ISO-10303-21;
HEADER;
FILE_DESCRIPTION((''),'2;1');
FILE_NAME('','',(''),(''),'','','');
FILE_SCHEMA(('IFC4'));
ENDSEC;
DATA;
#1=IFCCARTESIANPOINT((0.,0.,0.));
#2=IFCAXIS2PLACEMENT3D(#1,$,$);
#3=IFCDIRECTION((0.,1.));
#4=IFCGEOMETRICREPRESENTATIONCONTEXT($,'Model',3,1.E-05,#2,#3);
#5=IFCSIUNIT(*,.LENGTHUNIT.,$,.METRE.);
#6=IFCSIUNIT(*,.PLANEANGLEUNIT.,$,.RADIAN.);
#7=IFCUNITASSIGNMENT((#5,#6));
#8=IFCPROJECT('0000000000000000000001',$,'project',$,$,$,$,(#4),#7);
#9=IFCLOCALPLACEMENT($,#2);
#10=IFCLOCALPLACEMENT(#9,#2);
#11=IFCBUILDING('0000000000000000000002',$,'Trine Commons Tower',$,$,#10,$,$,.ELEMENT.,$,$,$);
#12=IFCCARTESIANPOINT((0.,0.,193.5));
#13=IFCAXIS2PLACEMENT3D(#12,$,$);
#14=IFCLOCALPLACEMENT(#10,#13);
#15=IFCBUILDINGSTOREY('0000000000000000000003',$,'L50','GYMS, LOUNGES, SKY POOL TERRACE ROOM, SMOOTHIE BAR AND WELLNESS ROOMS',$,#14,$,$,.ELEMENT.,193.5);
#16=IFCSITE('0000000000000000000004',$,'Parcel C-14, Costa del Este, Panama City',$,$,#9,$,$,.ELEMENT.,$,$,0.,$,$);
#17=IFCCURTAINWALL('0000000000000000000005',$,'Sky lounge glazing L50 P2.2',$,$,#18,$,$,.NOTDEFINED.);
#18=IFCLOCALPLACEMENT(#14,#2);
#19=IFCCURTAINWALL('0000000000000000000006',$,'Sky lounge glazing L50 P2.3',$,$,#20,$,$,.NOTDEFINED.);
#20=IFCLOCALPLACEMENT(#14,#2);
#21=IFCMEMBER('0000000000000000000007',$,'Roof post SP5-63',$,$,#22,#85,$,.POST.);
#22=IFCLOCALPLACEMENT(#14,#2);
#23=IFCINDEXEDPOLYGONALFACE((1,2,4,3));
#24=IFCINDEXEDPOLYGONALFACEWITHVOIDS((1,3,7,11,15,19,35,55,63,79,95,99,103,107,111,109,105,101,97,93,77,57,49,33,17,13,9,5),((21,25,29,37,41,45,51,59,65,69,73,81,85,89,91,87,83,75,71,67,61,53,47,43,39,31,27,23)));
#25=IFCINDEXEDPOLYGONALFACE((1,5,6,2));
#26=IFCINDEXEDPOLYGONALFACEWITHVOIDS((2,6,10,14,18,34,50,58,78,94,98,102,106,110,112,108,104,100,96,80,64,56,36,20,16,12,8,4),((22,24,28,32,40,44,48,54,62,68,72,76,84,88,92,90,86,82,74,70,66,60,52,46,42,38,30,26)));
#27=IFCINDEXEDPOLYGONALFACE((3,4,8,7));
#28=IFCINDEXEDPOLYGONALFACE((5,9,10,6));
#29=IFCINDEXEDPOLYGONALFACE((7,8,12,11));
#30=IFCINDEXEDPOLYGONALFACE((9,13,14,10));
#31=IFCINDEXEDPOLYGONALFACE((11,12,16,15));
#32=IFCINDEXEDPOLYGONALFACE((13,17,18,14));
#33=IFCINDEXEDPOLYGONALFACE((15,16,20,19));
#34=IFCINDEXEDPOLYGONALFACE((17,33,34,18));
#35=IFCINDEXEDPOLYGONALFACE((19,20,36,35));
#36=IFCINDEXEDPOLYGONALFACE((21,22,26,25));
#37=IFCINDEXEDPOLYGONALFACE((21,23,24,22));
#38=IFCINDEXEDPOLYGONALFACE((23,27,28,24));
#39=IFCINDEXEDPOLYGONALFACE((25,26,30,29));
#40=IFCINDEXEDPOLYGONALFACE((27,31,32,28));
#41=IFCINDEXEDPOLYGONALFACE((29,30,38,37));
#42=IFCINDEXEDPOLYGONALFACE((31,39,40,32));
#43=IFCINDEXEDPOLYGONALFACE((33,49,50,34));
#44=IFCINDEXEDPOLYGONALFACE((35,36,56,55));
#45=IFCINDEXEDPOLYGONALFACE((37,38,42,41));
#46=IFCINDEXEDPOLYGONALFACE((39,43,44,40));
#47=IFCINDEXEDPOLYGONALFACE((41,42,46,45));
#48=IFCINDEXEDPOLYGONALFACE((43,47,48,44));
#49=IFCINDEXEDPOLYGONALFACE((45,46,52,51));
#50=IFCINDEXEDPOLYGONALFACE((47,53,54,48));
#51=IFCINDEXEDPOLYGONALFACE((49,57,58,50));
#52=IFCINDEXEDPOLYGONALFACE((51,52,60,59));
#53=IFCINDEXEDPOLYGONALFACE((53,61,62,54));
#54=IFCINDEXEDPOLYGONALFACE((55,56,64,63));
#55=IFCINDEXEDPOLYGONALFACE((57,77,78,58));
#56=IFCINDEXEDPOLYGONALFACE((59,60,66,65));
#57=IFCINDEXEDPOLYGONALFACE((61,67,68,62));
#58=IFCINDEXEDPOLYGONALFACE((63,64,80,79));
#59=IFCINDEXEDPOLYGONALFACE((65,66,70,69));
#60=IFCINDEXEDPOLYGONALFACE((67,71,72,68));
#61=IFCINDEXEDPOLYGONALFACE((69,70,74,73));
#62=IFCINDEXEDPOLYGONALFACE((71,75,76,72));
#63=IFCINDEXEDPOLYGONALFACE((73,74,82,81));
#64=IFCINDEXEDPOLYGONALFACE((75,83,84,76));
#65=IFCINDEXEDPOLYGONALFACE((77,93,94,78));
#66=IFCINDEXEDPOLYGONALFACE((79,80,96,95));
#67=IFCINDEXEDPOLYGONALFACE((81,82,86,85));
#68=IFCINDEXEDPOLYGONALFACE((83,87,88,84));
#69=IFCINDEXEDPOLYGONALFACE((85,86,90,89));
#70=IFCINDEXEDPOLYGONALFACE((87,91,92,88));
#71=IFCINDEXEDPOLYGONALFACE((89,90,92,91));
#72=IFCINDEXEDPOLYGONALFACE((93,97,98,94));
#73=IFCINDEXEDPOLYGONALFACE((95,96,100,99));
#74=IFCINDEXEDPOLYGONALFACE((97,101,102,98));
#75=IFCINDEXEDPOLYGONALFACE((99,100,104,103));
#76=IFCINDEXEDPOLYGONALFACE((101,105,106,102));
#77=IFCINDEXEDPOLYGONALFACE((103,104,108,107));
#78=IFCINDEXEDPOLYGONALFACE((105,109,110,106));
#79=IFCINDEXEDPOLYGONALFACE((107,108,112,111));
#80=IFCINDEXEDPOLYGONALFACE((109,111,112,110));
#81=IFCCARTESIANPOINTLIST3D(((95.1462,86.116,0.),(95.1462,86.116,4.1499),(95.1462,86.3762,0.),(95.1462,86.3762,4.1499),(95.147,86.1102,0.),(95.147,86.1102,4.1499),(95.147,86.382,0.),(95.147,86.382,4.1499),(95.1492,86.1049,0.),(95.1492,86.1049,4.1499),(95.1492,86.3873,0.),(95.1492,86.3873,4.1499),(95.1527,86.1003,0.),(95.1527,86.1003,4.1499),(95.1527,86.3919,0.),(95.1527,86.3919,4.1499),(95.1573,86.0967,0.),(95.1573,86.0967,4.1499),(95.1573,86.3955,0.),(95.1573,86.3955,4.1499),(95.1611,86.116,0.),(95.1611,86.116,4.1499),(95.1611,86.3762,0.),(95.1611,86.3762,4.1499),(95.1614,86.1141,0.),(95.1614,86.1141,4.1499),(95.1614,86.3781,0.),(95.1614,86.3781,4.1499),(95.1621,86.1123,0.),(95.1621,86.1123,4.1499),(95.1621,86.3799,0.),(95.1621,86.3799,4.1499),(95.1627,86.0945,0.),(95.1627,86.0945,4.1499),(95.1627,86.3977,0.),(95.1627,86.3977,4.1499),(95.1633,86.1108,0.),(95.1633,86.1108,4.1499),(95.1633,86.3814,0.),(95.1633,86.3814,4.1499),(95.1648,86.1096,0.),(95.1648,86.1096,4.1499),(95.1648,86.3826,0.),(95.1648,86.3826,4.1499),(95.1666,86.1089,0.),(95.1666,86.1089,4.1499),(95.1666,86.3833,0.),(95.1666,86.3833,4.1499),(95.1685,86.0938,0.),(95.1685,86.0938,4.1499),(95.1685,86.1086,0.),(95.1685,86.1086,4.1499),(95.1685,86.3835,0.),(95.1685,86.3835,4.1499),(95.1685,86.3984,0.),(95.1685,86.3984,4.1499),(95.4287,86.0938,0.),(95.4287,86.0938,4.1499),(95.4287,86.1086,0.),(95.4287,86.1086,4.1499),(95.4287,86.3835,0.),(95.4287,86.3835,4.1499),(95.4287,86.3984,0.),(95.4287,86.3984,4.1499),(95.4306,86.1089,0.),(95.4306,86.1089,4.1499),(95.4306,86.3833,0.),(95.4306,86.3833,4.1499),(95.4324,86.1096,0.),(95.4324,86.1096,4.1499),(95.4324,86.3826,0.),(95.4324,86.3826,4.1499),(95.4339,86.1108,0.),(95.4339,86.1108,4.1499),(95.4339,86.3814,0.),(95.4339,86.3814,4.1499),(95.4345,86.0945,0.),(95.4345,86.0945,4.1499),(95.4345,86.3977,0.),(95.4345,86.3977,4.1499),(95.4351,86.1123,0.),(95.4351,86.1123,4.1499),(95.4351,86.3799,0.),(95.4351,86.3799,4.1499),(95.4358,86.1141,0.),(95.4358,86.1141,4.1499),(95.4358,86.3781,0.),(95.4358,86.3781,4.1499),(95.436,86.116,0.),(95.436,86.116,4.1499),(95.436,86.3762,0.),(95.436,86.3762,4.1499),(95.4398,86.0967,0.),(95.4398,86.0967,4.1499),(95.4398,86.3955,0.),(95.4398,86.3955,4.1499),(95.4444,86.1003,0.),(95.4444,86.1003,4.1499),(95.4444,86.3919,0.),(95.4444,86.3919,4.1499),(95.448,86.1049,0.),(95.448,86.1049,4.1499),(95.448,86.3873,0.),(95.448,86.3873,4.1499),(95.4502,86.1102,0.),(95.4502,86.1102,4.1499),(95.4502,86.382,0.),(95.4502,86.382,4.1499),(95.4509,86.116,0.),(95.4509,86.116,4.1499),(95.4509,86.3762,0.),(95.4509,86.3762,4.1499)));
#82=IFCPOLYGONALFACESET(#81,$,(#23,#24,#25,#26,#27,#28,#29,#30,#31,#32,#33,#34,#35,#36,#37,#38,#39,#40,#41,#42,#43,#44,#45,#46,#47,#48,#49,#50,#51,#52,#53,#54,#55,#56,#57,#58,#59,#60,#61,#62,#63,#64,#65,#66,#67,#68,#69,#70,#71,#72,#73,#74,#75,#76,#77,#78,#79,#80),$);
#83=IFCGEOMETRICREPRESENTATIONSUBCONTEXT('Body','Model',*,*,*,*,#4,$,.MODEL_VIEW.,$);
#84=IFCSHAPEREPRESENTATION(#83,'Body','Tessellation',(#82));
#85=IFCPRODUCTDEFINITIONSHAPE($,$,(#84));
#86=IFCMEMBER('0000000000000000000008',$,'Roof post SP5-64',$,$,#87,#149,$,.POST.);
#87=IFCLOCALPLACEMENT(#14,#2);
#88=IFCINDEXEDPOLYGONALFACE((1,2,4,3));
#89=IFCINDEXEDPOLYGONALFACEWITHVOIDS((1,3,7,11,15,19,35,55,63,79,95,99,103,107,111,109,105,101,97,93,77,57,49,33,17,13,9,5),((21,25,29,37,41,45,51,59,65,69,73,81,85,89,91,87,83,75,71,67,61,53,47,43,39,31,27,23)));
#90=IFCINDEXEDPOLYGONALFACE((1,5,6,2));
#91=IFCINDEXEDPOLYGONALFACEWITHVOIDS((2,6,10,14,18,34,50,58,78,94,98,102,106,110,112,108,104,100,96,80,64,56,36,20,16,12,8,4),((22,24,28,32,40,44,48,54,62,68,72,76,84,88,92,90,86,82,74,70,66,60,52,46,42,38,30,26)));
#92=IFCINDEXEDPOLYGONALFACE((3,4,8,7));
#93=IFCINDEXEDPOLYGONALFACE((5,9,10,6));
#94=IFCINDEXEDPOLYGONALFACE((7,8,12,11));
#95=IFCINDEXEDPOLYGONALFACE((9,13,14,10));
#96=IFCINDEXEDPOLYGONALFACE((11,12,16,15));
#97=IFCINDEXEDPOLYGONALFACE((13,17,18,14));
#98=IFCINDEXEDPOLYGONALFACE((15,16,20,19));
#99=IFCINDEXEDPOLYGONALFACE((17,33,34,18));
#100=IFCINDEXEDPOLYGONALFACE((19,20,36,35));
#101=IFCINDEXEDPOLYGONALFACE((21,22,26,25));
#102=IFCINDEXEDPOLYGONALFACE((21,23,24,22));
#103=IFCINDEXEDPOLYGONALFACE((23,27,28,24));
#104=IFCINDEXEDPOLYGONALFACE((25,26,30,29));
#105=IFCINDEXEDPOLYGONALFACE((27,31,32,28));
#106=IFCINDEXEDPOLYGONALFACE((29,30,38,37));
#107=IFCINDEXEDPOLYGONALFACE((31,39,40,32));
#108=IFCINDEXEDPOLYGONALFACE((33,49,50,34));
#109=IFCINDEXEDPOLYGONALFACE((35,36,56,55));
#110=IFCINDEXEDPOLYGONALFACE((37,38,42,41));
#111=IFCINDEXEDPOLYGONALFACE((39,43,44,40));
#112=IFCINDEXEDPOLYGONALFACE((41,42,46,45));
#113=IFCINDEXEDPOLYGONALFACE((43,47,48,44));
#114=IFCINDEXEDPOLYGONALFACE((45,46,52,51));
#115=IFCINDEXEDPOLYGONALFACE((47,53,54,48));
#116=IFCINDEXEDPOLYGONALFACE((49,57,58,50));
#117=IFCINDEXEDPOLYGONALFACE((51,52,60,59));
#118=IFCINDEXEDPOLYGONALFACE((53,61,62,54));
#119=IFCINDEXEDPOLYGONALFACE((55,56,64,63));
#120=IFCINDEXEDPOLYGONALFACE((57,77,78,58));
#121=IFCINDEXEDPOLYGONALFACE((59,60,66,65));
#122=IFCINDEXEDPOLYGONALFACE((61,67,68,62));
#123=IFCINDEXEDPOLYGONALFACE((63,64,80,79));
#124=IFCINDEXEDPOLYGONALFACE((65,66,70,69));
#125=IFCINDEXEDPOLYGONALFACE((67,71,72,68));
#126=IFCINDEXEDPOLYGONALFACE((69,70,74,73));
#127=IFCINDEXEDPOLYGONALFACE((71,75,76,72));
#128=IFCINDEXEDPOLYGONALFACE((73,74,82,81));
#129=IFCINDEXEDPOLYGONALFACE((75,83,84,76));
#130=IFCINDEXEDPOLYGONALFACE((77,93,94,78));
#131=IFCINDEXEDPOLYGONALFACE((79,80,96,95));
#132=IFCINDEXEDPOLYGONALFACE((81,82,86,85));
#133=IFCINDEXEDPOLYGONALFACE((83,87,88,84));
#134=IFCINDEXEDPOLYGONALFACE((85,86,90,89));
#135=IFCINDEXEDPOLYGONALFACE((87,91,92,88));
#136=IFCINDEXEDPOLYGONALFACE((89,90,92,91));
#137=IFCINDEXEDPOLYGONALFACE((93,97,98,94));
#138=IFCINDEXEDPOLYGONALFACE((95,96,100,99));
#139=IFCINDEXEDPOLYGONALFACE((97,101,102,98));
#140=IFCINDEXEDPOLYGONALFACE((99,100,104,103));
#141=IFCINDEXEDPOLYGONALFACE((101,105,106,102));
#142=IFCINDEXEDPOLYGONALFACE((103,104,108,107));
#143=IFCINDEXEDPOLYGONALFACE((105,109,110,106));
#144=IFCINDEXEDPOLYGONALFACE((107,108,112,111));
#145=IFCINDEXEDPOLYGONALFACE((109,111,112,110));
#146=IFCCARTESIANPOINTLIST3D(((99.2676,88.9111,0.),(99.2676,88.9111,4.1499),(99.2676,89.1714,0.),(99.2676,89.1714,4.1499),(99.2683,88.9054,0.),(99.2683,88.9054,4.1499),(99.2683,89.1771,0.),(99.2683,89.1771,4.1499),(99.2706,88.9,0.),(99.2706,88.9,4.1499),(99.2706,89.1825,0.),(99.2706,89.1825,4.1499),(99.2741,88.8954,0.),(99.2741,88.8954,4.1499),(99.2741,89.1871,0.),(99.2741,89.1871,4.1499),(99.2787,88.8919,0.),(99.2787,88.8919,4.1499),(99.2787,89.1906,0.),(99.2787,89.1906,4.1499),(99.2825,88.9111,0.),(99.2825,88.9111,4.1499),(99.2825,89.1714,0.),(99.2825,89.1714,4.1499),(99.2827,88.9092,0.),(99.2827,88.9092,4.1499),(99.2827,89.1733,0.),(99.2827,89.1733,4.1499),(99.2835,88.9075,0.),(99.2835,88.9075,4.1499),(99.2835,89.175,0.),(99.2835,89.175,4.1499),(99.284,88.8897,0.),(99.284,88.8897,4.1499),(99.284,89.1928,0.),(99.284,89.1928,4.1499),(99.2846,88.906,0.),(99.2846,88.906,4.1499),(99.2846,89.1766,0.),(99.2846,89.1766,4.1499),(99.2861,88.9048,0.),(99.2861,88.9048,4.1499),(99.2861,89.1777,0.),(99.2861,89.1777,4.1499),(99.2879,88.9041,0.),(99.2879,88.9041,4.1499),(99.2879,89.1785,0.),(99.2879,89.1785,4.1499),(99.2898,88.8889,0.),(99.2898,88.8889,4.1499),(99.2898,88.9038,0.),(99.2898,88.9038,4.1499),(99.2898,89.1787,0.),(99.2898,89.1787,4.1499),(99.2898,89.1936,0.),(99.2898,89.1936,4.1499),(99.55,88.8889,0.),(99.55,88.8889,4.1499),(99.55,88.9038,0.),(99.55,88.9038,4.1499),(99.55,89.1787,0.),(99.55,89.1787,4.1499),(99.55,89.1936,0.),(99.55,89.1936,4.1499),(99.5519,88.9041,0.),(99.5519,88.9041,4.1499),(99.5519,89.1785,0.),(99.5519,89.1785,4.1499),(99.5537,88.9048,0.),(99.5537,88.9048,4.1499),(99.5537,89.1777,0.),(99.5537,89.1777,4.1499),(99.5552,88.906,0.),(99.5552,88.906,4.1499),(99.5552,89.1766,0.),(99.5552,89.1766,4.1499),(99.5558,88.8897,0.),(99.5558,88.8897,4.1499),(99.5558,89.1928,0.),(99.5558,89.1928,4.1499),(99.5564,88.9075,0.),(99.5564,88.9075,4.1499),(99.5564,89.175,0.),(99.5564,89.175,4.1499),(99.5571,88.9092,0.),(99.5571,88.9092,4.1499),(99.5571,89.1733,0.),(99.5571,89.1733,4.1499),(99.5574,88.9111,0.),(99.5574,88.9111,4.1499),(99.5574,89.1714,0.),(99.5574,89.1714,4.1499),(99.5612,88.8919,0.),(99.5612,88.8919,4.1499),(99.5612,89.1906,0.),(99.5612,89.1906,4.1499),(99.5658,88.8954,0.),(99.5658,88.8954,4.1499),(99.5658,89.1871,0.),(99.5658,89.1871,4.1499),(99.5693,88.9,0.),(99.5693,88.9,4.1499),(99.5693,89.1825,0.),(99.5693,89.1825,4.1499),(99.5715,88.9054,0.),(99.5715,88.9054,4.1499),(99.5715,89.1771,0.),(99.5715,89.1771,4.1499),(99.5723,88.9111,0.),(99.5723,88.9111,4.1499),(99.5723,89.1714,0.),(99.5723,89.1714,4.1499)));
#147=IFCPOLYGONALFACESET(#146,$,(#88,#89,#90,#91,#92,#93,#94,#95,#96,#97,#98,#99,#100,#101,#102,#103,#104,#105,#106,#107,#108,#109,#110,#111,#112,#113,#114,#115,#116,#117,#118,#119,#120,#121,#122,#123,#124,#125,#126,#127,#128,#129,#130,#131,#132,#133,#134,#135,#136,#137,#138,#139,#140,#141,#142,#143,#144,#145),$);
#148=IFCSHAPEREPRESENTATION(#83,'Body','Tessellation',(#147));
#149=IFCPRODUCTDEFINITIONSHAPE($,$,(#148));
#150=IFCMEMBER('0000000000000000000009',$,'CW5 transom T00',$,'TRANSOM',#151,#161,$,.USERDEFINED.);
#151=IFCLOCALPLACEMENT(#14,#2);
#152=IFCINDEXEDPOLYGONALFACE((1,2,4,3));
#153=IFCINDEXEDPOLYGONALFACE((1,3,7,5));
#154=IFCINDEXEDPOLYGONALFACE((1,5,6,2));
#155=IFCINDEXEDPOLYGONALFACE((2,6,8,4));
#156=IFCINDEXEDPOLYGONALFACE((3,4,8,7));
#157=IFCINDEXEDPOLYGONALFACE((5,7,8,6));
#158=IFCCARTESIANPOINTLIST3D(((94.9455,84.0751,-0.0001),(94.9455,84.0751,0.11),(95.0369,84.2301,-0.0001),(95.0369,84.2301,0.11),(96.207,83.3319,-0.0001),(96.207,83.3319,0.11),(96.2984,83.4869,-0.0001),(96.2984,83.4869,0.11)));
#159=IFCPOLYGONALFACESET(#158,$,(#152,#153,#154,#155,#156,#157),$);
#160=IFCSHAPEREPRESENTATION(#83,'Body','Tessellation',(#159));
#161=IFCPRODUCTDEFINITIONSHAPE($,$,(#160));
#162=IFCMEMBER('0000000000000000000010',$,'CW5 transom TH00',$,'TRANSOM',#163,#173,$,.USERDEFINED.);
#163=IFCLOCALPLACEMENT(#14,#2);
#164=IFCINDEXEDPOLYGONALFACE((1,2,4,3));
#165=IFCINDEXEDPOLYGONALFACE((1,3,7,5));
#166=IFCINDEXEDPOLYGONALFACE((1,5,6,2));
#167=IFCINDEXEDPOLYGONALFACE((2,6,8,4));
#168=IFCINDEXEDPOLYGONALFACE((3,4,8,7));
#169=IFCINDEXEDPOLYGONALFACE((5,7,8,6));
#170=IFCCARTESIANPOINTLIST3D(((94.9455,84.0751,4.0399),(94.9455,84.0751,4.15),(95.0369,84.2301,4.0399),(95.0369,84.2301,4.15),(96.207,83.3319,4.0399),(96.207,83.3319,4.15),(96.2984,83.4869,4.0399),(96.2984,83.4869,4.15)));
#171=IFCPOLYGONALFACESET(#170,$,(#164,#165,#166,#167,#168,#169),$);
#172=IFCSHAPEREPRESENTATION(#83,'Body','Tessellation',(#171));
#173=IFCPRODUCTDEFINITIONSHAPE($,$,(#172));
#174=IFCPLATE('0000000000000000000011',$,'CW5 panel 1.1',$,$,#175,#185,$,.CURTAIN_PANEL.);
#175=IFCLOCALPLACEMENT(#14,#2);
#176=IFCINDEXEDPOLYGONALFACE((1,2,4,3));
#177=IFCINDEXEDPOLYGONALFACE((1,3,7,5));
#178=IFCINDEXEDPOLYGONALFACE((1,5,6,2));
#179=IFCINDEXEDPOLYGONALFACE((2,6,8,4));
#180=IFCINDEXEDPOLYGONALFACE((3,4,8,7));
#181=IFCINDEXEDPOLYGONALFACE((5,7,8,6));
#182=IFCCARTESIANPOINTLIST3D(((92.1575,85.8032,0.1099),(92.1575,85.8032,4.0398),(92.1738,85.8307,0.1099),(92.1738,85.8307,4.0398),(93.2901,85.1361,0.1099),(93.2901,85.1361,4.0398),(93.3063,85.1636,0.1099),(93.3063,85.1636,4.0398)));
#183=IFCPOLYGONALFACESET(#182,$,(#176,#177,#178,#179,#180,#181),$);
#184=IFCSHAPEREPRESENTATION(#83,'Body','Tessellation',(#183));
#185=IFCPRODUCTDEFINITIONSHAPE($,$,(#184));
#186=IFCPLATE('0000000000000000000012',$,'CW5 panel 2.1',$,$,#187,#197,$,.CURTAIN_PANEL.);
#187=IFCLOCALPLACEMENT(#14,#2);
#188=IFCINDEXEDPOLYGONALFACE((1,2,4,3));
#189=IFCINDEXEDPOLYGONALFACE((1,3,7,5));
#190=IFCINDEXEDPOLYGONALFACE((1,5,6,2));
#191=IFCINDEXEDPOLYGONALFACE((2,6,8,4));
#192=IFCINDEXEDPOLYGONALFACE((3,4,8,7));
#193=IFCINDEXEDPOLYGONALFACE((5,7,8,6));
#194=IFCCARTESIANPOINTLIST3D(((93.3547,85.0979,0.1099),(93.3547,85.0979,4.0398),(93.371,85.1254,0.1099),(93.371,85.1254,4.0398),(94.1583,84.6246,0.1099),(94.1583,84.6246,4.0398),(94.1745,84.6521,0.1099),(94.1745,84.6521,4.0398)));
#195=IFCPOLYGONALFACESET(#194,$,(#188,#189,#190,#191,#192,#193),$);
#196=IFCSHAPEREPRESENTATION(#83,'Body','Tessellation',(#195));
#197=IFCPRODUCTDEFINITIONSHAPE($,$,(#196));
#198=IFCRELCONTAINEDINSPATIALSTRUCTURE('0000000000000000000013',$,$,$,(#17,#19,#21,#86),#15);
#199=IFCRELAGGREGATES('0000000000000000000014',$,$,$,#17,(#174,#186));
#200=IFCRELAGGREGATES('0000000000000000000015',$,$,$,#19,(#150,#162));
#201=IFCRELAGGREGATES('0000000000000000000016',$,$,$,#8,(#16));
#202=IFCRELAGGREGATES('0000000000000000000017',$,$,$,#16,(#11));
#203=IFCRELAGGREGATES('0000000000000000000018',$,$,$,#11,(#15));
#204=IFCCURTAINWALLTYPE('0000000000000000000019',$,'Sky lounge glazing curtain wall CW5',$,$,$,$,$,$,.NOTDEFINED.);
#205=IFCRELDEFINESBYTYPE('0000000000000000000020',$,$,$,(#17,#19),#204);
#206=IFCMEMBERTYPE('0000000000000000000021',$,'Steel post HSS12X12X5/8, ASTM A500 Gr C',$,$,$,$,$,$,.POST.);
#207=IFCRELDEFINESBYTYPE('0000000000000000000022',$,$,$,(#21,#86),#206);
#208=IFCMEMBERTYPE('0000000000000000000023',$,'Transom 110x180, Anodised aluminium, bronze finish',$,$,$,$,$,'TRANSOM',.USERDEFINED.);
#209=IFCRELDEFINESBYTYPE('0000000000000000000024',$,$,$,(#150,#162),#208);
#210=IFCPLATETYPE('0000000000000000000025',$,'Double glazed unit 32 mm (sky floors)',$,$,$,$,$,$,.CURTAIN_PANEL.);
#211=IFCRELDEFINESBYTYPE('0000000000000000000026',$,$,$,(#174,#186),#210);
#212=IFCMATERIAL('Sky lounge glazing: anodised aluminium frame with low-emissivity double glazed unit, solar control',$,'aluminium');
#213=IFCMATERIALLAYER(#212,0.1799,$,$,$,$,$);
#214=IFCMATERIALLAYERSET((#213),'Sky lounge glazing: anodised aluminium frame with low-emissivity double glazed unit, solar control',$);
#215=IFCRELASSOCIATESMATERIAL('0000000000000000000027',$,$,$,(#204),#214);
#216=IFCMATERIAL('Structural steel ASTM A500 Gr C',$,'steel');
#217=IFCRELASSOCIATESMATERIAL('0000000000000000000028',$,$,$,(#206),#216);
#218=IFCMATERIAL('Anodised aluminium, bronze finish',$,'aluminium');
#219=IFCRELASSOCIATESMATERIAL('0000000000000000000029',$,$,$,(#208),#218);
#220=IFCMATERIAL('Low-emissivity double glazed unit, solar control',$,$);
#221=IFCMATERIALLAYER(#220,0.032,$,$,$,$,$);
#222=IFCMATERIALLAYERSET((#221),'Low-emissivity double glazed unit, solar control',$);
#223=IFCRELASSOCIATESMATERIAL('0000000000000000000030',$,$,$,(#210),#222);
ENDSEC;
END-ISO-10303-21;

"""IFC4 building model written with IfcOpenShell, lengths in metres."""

from ifc_helpers import new_model, si_unit, direction, frame, origin, origin_2d, place, context, subcontext, project, spatial, rectangle, hollow_rectangle, extrude, material, layer, layer_set, material_profile, profile_set, type_object, element, aggregate, save


model = new_model("IFC4")

# Units and contexts
model_context = context("Model", 3, precision=1e-05, world=origin(), true_north=direction((0.0, 1.0)))
body_context = subcontext(model_context, "Body", "Model", "MODEL_VIEW")
ifc_project = project(units=[si_unit("LENGTHUNIT", "METRE"), si_unit("PLANEANGLEUNIT", "RADIAN")], contexts=[model_context])

# Site, building, storey
site_placement = place(None, origin())
site = spatial("IfcSite", under=ifc_project, at=site_placement, Name="Parcel C-14, Costa del Este, Panama City", CompositionType="ELEMENT", RefElevation=0.0)
building_placement = place(site_placement, origin())
building = spatial("IfcBuilding", under=site, at=building_placement, Name="Trine Commons Tower", CompositionType="ELEMENT")
storey_placement = place(building_placement, frame((0.0, 0.0, 193.5)))
storey = spatial("IfcBuildingStorey", under=building, at=storey_placement, Name="L50", Description="GYMS, LOUNGES, SKY POOL TERRACE ROOM, SMOOTHIE BAR AND WELLNESS ROOMS", CompositionType="ELEMENT", Elevation=193.5)

# Curtain walls
ifc_material_1 = material(Name="Sky lounge glazing: anodised aluminium frame with low-emissivity double glazed unit, solar control", Category="aluminium")
ifc_layer_1 = layer(ifc_material_1, 0.1799)
ifc_layer_set_1 = layer_set([ifc_layer_1], Name="Sky lounge glazing: anodised aluminium frame with low-emissivity double glazed unit, solar control")
curtain_wall_type = type_object("IfcCurtainWallType", Name="Sky lounge glazing curtain wall CW5", PredefinedType="NOTDEFINED", material=ifc_layer_set_1)
curtain_wall_1_placement = place(storey_placement, origin())
curtain_wall_1 = element("IfcCurtainWall", 1, at=curtain_wall_1_placement, inside=storey, type_object=curtain_wall_type, Name="Sky lounge glazing L50 P2.2", PredefinedType="NOTDEFINED")
ifc_material_2 = material(Name="Anodised aluminium, bronze finish", Category="aluminium")
curtain_wall_2_placement = place(storey_placement, origin())
curtain_wall_2 = element("IfcCurtainWall", 2, at=curtain_wall_2_placement, inside=storey, type_object=curtain_wall_type, Name="Sky lounge glazing L50 P2.3", PredefinedType="NOTDEFINED")

# Members
ifc_material_3 = material(Name="Structural steel ASTM A500 Gr C", Category="steel")
ifc_material_profile_1 = material_profile(ifc_material_3, hollow_rectangle(XDim=0.3047, YDim=0.3047, WallThickness=0.0149, InnerFilletRadius=0.0073, OuterFilletRadius=0.0222, at=origin_2d()), Name="HSS12X12X5/8")
ifc_profile_set_1 = profile_set([ifc_material_profile_1], Name="Structural steel ASTM A500 Gr C")
member_type_1 = type_object("IfcMemberType", Name="Steel post HSS12X12X5/8, ASTM A500 Gr C", PredefinedType="POST", material=ifc_profile_set_1)
for number, where, z_axis, x_axis, name in (
    (3, (95.2986, 86.2461, 0.0), (0.0, 0.0, 1.0), (1.0, 0.0, 0.0), "Roof post SP5-63"),
    (4, (99.4199, 89.0413, 0.0), (0.0, 0.0, 1.0), (1.0, 0.0, 0.0), "Roof post SP5-64"),
):
    element("IfcMember", number, at=place(storey_placement, frame(where, z_axis=z_axis, x_axis=x_axis)), inside=storey, type_object=member_type_1, Name=name, PredefinedType="POST", context=body_context, shape_type="SweptSolid", body=[
        extrude(hollow_rectangle(XDim=0.3047, YDim=0.3047, WallThickness=0.0149, InnerFilletRadius=0.0073, OuterFilletRadius=0.0222, at=origin_2d()), origin(), (0.0, 0.0, 1.0), 4.1499),
    ])

# Members
ifc_material_profile_2 = material_profile(ifc_material_2, rectangle(XDim=0.1799, YDim=0.1101, at=origin_2d()), Name="Transom 110x180")
ifc_profile_set_2 = profile_set([ifc_material_profile_2], Name="Anodised aluminium, bronze finish")
member_type_2 = type_object("IfcMemberType", Name="Transom 110x180, Anodised aluminium, bronze finish", ElementType="TRANSOM", PredefinedType="USERDEFINED", material=ifc_profile_set_2)
member_1_placement = place(storey_placement, frame((94.9912, 84.1526, 0.0549), z_axis=(0.8616, -0.507588, 0.0), x_axis=(0.507588, 0.8616, 0.0)))
member_1 = element("IfcMember", 5, at=member_1_placement, type_object=member_type_2, Name="CW5 transom T00", ObjectType="TRANSOM", PredefinedType="USERDEFINED", context=body_context, shape_type="SweptSolid", body=[
    extrude(rectangle(XDim=0.1799, YDim=0.1101, at=origin_2d()), origin(), (0.0, 0.0, 1.0), 1.4641),
])
member_2_placement = place(storey_placement, frame((94.9912, 84.1526, 4.095), z_axis=(0.8616, -0.507588, 0.0), x_axis=(0.507588, 0.8616, 0.0)))
member_2 = element("IfcMember", 6, at=member_2_placement, type_object=member_type_2, Name="CW5 transom TH00", ObjectType="TRANSOM", PredefinedType="USERDEFINED", context=body_context, shape_type="SweptSolid", body=[
    extrude(rectangle(XDim=0.1799, YDim=0.1101, at=origin_2d()), origin(), (0.0, 0.0, 1.0), 1.4641),
])

# Plates
ifc_material_4 = material(Name="Low-emissivity double glazed unit, solar control")
ifc_layer_2 = layer(ifc_material_4, 0.032)
ifc_layer_set_2 = layer_set([ifc_layer_2], Name="Low-emissivity double glazed unit, solar control")
plate_type = type_object("IfcPlateType", Name="Double glazed unit 32 mm (sky floors)", PredefinedType="CURTAIN_PANEL", material=ifc_layer_set_2)
plate_1_placement = place(storey_placement, frame((92.7319, 85.4834, 0.1099), z_axis=(0.0, 0.0, 1.0), x_axis=(0.861629, -0.507538, 0.0)))
plate_1 = element("IfcPlate", 7, at=plate_1_placement, type_object=plate_type, Name="CW5 panel 1.1", PredefinedType="CURTAIN_PANEL", context=body_context, shape_type="SweptSolid", body=[
    extrude(rectangle(XDim=1.3145, YDim=0.032, at=origin_2d()), origin(), (0.0, 0.0, 1.0), 3.9299),
])
plate_2_placement = place(storey_placement, frame((93.7646, 84.875, 0.1099), z_axis=(0.0, 0.0, 1.0), x_axis=(0.861629, -0.507538, 0.0)))
plate_2 = element("IfcPlate", 8, at=plate_2_placement, type_object=plate_type, Name="CW5 panel 2.1", PredefinedType="CURTAIN_PANEL", context=body_context, shape_type="SweptSolid", body=[
    extrude(rectangle(XDim=0.9326, YDim=0.032, at=origin_2d()), origin(), (0.0, 0.0, 1.0), 3.9299),
])
aggregate(curtain_wall_1, [plate_1, plate_2])
aggregate(curtain_wall_2, [member_1, member_2])

save(model, "model.ifc")
